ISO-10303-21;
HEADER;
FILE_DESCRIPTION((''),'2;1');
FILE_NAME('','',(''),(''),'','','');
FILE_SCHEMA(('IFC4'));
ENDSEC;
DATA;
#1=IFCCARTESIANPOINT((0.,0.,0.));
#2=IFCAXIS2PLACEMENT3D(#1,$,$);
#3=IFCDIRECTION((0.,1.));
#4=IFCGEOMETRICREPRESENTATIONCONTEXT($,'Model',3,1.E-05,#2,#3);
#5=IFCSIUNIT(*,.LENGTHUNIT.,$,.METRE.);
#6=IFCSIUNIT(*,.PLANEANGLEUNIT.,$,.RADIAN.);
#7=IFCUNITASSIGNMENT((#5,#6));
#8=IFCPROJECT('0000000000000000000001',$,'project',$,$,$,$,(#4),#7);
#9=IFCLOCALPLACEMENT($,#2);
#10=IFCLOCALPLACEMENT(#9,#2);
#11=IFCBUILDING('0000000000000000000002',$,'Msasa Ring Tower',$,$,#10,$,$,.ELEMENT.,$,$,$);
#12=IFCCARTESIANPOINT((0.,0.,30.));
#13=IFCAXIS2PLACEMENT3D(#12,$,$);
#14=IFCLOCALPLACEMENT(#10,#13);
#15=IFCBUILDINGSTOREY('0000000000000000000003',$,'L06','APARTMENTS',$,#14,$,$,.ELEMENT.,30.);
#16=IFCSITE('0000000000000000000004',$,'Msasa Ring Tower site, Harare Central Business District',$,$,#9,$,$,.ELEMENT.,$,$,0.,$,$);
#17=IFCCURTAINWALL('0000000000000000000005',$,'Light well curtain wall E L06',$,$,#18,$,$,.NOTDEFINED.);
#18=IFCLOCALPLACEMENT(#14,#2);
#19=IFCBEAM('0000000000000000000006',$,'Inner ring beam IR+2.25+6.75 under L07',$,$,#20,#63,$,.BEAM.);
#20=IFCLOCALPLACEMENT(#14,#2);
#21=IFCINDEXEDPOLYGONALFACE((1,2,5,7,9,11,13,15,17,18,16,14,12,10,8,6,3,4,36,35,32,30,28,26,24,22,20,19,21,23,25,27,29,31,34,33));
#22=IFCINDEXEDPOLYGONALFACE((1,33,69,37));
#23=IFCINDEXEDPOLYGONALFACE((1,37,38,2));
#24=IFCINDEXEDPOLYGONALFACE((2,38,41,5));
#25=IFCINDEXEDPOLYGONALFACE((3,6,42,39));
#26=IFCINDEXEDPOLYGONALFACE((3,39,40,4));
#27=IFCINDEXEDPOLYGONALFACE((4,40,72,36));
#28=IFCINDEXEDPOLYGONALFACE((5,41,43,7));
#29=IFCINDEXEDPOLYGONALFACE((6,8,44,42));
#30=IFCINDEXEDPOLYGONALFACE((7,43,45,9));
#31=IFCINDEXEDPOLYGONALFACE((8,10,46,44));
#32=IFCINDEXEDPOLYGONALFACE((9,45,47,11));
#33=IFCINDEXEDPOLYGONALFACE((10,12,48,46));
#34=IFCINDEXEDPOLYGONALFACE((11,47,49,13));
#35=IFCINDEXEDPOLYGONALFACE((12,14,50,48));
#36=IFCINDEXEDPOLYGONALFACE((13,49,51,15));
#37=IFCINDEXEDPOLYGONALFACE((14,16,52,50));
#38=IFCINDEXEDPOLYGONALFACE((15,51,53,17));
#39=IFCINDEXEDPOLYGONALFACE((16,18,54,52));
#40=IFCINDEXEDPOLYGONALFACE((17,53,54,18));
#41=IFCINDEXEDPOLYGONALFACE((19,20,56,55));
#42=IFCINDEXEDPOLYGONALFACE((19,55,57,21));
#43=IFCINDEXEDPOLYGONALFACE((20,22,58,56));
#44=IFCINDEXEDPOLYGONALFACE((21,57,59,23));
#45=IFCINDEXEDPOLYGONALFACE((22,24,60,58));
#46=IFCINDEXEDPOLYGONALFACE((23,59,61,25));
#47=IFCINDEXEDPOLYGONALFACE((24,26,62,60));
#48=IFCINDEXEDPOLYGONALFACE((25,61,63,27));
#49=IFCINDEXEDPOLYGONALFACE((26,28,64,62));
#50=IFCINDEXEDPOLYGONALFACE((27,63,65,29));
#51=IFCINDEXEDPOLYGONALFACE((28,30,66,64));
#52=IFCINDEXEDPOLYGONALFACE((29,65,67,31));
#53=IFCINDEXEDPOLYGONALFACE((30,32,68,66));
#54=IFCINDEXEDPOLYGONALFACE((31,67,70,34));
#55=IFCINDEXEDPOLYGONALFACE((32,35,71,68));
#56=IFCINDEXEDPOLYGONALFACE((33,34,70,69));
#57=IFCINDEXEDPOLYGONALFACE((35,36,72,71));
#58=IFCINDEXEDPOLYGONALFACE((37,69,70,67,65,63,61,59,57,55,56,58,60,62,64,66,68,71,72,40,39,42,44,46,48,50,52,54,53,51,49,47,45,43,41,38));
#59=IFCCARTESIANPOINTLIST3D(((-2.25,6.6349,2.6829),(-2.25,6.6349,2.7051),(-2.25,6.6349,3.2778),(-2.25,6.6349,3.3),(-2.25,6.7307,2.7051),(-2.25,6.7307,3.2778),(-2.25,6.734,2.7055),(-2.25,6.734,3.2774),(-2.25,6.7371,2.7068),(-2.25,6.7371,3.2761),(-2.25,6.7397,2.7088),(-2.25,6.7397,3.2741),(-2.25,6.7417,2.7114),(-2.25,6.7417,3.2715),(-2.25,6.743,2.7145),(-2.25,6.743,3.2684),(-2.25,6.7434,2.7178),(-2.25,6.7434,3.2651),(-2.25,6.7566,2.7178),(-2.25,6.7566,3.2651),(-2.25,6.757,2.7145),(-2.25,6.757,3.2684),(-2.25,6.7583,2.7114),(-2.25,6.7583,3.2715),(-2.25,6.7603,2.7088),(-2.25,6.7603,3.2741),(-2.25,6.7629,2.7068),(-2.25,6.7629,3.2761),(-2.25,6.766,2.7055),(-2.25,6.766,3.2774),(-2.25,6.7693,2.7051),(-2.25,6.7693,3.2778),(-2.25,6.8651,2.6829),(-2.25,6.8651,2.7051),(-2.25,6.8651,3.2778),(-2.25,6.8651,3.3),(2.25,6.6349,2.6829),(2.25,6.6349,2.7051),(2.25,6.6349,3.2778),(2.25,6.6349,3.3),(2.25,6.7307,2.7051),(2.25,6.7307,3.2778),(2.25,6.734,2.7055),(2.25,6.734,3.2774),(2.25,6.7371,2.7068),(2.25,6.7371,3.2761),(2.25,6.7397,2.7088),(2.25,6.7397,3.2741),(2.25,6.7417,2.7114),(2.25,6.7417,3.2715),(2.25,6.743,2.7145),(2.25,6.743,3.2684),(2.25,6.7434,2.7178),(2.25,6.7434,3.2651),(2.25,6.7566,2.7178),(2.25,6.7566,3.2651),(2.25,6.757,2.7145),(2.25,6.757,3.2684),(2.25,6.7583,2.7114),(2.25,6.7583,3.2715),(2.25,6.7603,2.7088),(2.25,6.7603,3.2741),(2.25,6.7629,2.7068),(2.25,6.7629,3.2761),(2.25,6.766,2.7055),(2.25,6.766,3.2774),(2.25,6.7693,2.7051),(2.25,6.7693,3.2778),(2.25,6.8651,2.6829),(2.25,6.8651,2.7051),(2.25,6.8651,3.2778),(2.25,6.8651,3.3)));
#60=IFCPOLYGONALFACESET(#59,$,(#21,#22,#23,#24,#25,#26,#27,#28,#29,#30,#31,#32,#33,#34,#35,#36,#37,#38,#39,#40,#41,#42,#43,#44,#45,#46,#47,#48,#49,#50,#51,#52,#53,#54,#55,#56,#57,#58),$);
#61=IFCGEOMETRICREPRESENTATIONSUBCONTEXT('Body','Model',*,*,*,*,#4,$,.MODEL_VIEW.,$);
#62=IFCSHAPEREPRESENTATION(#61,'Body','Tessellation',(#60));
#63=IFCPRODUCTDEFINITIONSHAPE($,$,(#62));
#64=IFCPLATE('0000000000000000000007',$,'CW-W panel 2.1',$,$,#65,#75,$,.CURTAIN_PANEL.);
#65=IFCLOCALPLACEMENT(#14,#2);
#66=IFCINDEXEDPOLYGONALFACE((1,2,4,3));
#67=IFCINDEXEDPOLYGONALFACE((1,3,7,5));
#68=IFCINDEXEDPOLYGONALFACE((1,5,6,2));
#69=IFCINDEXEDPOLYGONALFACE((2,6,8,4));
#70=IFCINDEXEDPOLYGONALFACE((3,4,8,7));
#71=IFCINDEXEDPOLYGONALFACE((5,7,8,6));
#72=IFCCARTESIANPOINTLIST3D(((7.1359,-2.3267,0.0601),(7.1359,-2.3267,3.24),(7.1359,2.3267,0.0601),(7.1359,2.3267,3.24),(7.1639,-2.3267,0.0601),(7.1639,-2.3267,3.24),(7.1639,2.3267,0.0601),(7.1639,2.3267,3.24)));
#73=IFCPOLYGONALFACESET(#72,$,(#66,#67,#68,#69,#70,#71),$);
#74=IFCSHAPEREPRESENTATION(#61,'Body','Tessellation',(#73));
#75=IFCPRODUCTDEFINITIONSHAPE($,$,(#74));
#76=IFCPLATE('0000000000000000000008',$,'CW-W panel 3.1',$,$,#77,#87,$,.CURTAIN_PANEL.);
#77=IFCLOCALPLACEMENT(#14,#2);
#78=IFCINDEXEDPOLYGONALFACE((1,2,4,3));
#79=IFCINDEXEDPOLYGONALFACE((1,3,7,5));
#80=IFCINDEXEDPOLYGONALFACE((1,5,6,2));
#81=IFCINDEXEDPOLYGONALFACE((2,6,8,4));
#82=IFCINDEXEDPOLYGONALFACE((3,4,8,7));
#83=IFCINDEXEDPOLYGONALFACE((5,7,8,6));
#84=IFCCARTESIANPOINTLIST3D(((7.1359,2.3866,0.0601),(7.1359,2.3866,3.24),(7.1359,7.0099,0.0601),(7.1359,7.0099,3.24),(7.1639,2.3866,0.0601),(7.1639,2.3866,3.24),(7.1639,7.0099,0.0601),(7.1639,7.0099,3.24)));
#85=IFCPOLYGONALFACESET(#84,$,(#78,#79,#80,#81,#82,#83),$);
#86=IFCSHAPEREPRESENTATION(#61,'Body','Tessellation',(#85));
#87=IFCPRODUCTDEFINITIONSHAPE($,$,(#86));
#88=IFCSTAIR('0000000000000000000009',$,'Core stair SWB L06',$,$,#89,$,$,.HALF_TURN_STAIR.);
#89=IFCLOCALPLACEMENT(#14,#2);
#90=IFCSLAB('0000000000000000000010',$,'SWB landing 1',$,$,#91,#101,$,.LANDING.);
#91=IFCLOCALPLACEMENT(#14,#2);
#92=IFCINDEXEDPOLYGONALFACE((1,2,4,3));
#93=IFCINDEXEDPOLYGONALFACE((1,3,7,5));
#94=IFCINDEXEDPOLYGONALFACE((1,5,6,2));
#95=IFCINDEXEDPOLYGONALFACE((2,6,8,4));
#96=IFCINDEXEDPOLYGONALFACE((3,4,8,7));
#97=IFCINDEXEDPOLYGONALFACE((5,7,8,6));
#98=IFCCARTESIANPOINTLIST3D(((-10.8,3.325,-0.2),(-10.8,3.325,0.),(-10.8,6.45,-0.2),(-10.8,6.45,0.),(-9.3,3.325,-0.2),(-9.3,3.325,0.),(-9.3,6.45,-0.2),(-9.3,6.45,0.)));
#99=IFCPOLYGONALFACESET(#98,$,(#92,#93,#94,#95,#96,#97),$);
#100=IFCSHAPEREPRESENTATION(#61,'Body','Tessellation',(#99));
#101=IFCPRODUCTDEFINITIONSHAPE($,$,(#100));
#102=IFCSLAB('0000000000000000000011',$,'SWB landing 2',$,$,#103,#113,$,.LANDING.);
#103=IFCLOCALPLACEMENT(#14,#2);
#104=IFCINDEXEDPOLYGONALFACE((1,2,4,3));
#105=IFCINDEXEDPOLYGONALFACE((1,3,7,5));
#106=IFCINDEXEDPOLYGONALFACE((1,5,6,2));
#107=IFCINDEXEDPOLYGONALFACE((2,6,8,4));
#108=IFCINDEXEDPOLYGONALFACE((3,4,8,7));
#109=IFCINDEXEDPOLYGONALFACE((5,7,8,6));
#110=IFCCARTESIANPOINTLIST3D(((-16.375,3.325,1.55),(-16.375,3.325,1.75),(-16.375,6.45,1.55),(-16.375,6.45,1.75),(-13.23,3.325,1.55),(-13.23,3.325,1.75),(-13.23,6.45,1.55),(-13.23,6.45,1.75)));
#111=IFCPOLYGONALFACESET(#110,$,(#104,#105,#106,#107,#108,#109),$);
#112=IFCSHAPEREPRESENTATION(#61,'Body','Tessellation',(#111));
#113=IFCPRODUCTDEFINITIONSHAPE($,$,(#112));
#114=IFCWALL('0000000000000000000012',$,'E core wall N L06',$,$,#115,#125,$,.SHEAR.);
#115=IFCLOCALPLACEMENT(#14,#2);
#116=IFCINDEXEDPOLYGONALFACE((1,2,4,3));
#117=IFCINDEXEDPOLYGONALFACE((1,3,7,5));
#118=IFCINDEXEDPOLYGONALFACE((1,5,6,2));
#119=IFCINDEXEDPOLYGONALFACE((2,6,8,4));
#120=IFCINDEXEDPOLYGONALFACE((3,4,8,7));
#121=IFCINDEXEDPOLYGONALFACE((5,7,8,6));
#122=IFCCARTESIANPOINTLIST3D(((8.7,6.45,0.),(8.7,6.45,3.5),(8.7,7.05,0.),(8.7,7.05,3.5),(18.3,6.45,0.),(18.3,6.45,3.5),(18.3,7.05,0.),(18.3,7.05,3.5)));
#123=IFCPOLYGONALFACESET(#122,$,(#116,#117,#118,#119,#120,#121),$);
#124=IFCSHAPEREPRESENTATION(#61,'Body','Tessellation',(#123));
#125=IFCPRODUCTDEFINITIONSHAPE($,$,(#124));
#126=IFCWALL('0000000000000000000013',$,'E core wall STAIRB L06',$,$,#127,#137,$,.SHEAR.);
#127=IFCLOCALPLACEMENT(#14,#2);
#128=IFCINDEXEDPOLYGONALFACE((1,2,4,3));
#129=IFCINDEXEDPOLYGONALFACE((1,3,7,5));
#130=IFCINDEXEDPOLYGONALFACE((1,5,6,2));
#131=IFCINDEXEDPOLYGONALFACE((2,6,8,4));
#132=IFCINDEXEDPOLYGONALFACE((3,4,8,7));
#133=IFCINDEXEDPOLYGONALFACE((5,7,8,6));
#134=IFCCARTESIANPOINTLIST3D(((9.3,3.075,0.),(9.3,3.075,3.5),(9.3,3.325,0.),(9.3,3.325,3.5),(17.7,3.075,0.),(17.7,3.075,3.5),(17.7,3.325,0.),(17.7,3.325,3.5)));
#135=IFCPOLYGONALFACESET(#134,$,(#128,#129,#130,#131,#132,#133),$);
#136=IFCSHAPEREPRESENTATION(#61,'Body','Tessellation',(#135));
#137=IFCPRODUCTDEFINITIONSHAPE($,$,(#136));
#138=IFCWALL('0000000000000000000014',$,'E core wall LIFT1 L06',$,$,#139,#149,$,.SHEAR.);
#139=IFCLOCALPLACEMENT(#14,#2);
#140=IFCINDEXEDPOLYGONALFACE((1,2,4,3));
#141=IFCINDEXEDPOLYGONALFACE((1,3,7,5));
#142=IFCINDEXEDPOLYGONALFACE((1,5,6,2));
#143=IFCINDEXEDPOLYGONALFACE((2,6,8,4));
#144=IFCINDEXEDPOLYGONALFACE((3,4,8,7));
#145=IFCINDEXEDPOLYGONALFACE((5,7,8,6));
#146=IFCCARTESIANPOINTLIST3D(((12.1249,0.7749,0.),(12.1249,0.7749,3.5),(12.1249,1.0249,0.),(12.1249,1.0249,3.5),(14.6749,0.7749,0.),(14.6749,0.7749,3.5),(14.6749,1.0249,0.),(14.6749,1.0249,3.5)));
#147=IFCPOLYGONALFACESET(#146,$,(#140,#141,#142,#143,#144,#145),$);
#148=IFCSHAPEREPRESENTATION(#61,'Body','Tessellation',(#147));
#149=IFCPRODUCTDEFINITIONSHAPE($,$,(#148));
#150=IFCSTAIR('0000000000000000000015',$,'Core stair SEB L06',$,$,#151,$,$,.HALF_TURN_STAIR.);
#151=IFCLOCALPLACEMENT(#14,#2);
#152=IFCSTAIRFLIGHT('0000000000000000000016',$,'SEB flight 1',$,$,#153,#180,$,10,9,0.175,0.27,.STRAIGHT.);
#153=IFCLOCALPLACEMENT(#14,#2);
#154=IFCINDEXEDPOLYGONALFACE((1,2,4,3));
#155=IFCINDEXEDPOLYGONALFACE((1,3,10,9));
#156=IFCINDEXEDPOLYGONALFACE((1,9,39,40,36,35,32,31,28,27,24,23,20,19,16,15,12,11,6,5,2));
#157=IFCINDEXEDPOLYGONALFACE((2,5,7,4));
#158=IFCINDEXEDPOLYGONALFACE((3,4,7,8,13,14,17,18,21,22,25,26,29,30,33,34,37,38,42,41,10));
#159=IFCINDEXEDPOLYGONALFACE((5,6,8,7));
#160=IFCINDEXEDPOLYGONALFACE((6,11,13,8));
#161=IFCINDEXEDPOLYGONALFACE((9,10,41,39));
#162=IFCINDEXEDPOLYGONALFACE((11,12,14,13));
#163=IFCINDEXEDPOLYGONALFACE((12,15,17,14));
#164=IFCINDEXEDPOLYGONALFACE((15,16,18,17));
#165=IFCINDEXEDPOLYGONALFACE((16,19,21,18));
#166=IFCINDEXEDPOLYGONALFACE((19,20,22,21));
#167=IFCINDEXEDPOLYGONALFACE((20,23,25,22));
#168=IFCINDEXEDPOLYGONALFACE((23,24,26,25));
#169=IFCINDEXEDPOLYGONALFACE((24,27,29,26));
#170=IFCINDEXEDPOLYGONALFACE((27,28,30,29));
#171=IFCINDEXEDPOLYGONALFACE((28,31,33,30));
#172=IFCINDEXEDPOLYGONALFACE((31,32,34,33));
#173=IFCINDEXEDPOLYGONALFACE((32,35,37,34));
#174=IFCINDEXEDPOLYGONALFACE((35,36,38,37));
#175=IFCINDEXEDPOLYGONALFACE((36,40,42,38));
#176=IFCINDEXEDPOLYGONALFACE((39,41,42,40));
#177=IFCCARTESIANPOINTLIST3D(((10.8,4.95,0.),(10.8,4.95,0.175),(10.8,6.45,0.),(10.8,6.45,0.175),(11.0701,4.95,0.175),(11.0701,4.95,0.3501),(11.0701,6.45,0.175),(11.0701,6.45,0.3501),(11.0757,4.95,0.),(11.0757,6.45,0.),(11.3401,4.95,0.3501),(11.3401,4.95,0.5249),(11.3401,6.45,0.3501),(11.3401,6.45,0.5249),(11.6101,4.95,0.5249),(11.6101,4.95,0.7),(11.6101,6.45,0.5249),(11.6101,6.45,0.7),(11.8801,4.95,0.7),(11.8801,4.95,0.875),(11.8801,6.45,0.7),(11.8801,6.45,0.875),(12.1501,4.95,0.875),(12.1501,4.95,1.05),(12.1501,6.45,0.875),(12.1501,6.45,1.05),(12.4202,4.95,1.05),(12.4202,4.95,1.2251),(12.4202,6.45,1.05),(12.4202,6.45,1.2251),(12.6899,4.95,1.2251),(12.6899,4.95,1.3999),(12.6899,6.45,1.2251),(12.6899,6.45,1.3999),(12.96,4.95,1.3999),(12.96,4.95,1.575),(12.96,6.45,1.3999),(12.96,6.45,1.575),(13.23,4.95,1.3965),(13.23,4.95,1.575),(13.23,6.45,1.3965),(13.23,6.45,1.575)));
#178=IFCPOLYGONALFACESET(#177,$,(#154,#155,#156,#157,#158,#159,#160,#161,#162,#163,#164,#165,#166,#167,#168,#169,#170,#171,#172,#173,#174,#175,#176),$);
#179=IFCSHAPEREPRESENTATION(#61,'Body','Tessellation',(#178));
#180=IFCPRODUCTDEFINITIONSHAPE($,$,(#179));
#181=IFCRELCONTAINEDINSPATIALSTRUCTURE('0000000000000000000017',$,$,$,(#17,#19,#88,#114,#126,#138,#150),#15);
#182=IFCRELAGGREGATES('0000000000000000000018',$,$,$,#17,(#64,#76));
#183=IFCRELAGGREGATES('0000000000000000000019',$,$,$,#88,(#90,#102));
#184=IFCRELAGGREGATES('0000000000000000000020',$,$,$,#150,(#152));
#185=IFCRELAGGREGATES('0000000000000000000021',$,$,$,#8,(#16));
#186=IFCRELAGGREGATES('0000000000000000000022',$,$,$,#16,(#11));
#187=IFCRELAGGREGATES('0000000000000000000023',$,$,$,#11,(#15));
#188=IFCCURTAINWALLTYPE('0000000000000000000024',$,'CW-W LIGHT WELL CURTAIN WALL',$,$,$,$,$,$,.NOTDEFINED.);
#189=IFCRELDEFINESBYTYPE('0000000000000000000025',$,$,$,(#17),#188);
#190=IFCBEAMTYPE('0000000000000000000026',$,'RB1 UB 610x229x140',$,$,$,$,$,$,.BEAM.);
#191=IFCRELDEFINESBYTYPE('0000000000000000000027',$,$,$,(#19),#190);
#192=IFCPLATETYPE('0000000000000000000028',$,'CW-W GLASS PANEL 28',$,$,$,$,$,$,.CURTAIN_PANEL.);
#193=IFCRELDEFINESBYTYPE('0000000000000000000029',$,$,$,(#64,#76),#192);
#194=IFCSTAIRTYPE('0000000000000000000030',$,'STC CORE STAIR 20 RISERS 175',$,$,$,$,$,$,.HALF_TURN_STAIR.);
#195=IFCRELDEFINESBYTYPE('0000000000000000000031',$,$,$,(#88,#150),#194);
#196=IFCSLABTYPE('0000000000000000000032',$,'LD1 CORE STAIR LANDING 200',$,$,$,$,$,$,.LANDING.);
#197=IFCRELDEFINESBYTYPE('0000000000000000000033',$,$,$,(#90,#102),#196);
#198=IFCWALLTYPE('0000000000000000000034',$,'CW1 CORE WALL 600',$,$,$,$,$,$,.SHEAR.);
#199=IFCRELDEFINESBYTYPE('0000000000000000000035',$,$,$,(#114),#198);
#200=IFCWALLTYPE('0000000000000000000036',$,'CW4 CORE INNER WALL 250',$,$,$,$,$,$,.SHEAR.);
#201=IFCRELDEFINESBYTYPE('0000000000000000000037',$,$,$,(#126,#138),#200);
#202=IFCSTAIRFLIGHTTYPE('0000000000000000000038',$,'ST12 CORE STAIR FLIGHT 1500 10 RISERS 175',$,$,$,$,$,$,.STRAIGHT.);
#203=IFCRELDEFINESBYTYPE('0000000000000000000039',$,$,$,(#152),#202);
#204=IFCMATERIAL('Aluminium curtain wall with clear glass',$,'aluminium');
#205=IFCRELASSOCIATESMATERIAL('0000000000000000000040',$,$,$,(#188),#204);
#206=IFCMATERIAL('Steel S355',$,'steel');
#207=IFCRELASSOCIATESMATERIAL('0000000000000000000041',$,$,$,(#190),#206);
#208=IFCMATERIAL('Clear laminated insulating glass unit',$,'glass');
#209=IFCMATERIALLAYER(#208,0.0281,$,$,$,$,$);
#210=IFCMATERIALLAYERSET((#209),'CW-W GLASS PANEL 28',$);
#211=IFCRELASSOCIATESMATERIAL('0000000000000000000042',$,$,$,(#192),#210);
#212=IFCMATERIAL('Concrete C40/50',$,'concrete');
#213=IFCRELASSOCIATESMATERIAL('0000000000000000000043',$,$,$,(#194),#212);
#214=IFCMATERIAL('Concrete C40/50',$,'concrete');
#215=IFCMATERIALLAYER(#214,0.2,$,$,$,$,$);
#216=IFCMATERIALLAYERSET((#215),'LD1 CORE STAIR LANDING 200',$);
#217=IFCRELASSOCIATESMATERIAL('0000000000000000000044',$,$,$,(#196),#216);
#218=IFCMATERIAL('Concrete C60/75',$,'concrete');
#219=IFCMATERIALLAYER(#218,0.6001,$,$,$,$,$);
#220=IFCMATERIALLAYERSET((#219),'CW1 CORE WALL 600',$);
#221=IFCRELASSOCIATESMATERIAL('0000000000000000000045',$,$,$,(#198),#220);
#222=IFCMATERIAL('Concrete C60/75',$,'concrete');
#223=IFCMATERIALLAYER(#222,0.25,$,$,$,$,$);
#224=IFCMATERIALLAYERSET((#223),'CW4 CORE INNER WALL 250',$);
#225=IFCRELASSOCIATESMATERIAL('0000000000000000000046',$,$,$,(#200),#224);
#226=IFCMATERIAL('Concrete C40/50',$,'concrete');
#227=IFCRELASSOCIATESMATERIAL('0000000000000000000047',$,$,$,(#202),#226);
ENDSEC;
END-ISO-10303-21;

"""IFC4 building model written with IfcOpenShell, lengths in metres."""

from ifc_helpers import new_model, si_unit, direction, frame, frame_2d, origin, origin_2d, place, context, subcontext, project, spatial, polyline, rectangle, i_section, outline, extrude, material, layer, layer_set, material_profile, profile_set, type_object, element, aggregate, save


model = new_model("IFC4")

# Units and contexts
model_context = context("Model", 3, precision=1e-05, world=origin(), true_north=direction((0.0, 1.0)))
body_context = subcontext(model_context, "Body", "Model", "MODEL_VIEW")
ifc_project = project(units=[si_unit("LENGTHUNIT", "METRE"), si_unit("PLANEANGLEUNIT", "RADIAN")], contexts=[model_context])

# Site, building, storey
site_placement = place(None, origin())
site = spatial("IfcSite", under=ifc_project, at=site_placement, Name="Msasa Ring Tower site, Harare Central Business District", CompositionType="ELEMENT", RefElevation=0.0)
building_placement = place(site_placement, origin())
building = spatial("IfcBuilding", under=site, at=building_placement, Name="Msasa Ring Tower", CompositionType="ELEMENT")
storey_placement = place(building_placement, frame((0.0, 0.0, 30.0)))
storey = spatial("IfcBuildingStorey", under=building, at=storey_placement, Name="L06", Description="APARTMENTS", CompositionType="ELEMENT", Elevation=30.0)

# Curtain wall
ifc_material_1 = material(Name="Aluminium curtain wall with clear glass", Category="aluminium")
curtain_wall_type = type_object("IfcCurtainWallType", Name="CW-W LIGHT WELL CURTAIN WALL", PredefinedType="NOTDEFINED", material=ifc_material_1)
curtain_wall_placement = place(storey_placement, origin())
curtain_wall = element("IfcCurtainWall", 1, at=curtain_wall_placement, inside=storey, type_object=curtain_wall_type, Name="Light well curtain wall E L06", PredefinedType="NOTDEFINED")

# Beam
ifc_material_2 = material(Name="Steel S355", Category="steel")
ifc_material_profile_1 = material_profile(ifc_material_2, i_section(OverallWidth=0.2302, OverallDepth=0.6172, WebThickness=0.0132, FlangeThickness=0.0222, FilletRadius=0.0127, at=origin_2d()), Name="UB 610x229x140")
ifc_profile_set_1 = profile_set([ifc_material_profile_1], Name="Steel S355")
beam_type = type_object("IfcBeamType", Name="RB1 UB 610x229x140", PredefinedType="BEAM", material=ifc_profile_set_1)
for number, where, z_axis, x_axis, name in (
    (2, (2.25, 6.75, 2.9915), (-1.0, 0.0, 0.0), (0.0, -1.0, 0.0), "Inner ring beam IR+2.25+6.75 under L07"),
):
    element("IfcBeam", number, at=place(storey_placement, frame(where, z_axis=z_axis, x_axis=x_axis)), inside=storey, type_object=beam_type, Name=name, PredefinedType="BEAM", context=body_context, shape_type="SweptSolid", body=[
        extrude(i_section(OverallWidth=0.2302, OverallDepth=0.6172, WebThickness=0.0132, FlangeThickness=0.0222, FilletRadius=0.0127, at=origin_2d()), origin(), (0.0, 0.0, 1.0), 4.5),
    ])

# Plates
ifc_material_3 = material(Name="Clear laminated insulating glass unit", Category="glass")
ifc_layer_1 = layer(ifc_material_3, 0.0281)
ifc_layer_set_1 = layer_set([ifc_layer_1], Name="CW-W GLASS PANEL 28")
plate_type = type_object("IfcPlateType", Name="CW-W GLASS PANEL 28", PredefinedType="CURTAIN_PANEL", material=ifc_layer_set_1)
plate_1_placement = place(storey_placement, frame((7.1499, 0.0, 0.0601), z_axis=(0.0, 0.0, 1.0), x_axis=(0.0, 1.0, 0.0)))
plate_1 = element("IfcPlate", 3, at=plate_1_placement, type_object=plate_type, Name="CW-W panel 2.1", PredefinedType="CURTAIN_PANEL", context=body_context, shape_type="SweptSolid", body=[
    extrude(rectangle(XDim=4.6533, YDim=0.0281, at=origin_2d()), origin(), (0.0, 0.0, 1.0), 3.1799),
])
plate_2_placement = place(storey_placement, frame((7.1499, 4.6982, 0.0601), z_axis=(0.0, 0.0, 1.0), x_axis=(0.0, 1.0, 0.0)))
plate_2 = element("IfcPlate", 4, at=plate_2_placement, type_object=plate_type, Name="CW-W panel 3.1", PredefinedType="CURTAIN_PANEL", context=body_context, shape_type="SweptSolid", body=[
    extrude(rectangle(XDim=4.6233, YDim=0.0281, at=origin_2d()), origin(), (0.0, 0.0, 1.0), 3.1799),
])
aggregate(curtain_wall, [plate_1, plate_2])

# Stair, slabs
ifc_material_4 = material(Name="Concrete C40/50", Category="concrete")
stair_type = type_object("IfcStairType", Name="STC CORE STAIR 20 RISERS 175", PredefinedType="HALF_TURN_STAIR", material=ifc_material_4)
stair_1_placement = place(storey_placement, origin())
stair_1 = element("IfcStair", 5, at=stair_1_placement, inside=storey, type_object=stair_type, Name="Core stair SWB L06", PredefinedType="HALF_TURN_STAIR")
ifc_material_5 = material(Name="Concrete C40/50", Category="concrete")
ifc_layer_2 = layer(ifc_material_5, 0.2)
ifc_layer_set_2 = layer_set([ifc_layer_2], Name="LD1 CORE STAIR LANDING 200")
slab_type = type_object("IfcSlabType", Name="LD1 CORE STAIR LANDING 200", PredefinedType="LANDING", material=ifc_layer_set_2)
slab_1_placement = place(storey_placement, frame((0.0, 0.0, -0.2)))
slab_1 = element("IfcSlab", 6, at=slab_1_placement, type_object=slab_type, Name="SWB landing 1", PredefinedType="LANDING", context=body_context, shape_type="SweptSolid", body=[
    extrude(outline(polyline([(-10.8, 3.325), (-9.3, 3.325), (-9.3, 6.45), (-10.8, 6.45), (-10.8, 3.325)])), origin(), (0.0, 0.0, 1.0), 0.2),
])
slab_2_placement = place(storey_placement, frame((0.0, 0.0, 1.55)))
slab_2 = element("IfcSlab", 7, at=slab_2_placement, type_object=slab_type, Name="SWB landing 2", PredefinedType="LANDING", context=body_context, shape_type="SweptSolid", body=[
    extrude(outline(polyline([(-16.375, 3.325), (-13.23, 3.325), (-13.23, 6.45), (-16.375, 6.45), (-16.375, 3.325)])), origin(), (0.0, 0.0, 1.0), 0.2),
])
aggregate(stair_1, [slab_1, slab_2])

# Walls
ifc_material_6 = material(Name="Concrete C60/75", Category="concrete")
ifc_layer_3 = layer(ifc_material_6, 0.6001)
ifc_layer_set_3 = layer_set([ifc_layer_3], Name="CW1 CORE WALL 600")
wall_type_1 = type_object("IfcWallType", Name="CW1 CORE WALL 600", PredefinedType="SHEAR", material=ifc_layer_set_3)
wall_1_placement = place(storey_placement, frame((8.7, 6.75, 0.0), z_axis=(0.0, 0.0, 1.0), x_axis=(1.0, 0.0, 0.0)))
element("IfcWall", 8, at=wall_1_placement, inside=storey, type_object=wall_type_1, Name="E core wall N L06", PredefinedType="SHEAR", context=body_context, shape_type="SweptSolid", body=[
    extrude(rectangle(XDim=9.6001, YDim=0.6001, at=frame_2d((4.8, 0.0))), origin(), (0.0, 0.0, 1.0), 3.5),
])
ifc_material_7 = material(Name="Concrete C60/75", Category="concrete")
ifc_layer_4 = layer(ifc_material_7, 0.25)
ifc_layer_set_4 = layer_set([ifc_layer_4], Name="CW4 CORE INNER WALL 250")
wall_type_2 = type_object("IfcWallType", Name="CW4 CORE INNER WALL 250", PredefinedType="SHEAR", material=ifc_layer_set_4)
wall_2_placement = place(storey_placement, frame((9.3, 3.2, 0.0), z_axis=(0.0, 0.0, 1.0), x_axis=(1.0, 0.0, 0.0)))
element("IfcWall", 9, at=wall_2_placement, inside=storey, type_object=wall_type_2, Name="E core wall STAIRB L06", PredefinedType="SHEAR", context=body_context, shape_type="SweptSolid", body=[
    extrude(rectangle(XDim=8.3999, YDim=0.25, at=frame_2d((4.2, 0.0))), origin(), (0.0, 0.0, 1.0), 3.5),
])
wall_3_placement = place(storey_placement, frame((12.125, 0.8999, 0.0), z_axis=(0.0, 0.0, 1.0), x_axis=(1.0, 0.0, 0.0)))
element("IfcWall", 10, at=wall_3_placement, inside=storey, type_object=wall_type_2, Name="E core wall LIFT1 L06", PredefinedType="SHEAR", context=body_context, shape_type="SweptSolid", body=[
    extrude(rectangle(XDim=2.55, YDim=0.25, at=frame_2d((1.2749, 0.0))), origin(), (0.0, 0.0, 1.0), 3.5),
])

# Stair, stair flight
stair_2_placement = place(storey_placement, origin())
stair_2 = element("IfcStair", 11, at=stair_2_placement, inside=storey, type_object=stair_type, Name="Core stair SEB L06", PredefinedType="HALF_TURN_STAIR")
ifc_material_8 = material(Name="Concrete C40/50", Category="concrete")
stair_flight_type = type_object("IfcStairFlightType", Name="ST12 CORE STAIR FLIGHT 1500 10 RISERS 175", PredefinedType="STRAIGHT", material=ifc_material_8)
stair_flight_placement = place(storey_placement, frame((10.8, 5.7, 0.0), z_axis=(0.0, 0.0, 1.0), x_axis=(1.0, 0.0, 0.0)))
stair_flight = element("IfcStairFlight", 12, at=stair_flight_placement, type_object=stair_flight_type, Name="SEB flight 1", NumberOfRisers=10, NumberOfTreads=9, PredefinedType="STRAIGHT", RiserHeight=0.175, TreadLength=0.27, context=body_context, shape_type="SweptSolid", body=[
    extrude(outline(polyline([(0.0, 0.0), (0.0, 0.175), (0.27, 0.175), (0.27, 0.3501), (0.54, 0.3501), (0.54, 0.5249), (0.8101, 0.5249), (0.8101, 0.7), (1.0801, 0.7), (1.0801, 0.875), (1.3501, 0.875), (1.3501, 1.05), (1.6201, 1.05), (1.6201, 1.2251), (1.8899, 1.2251), (1.8899, 1.3999), (2.1599, 1.3999), (2.1599, 1.575), (2.4299, 1.575), (2.4299, 1.75), (2.4299, 1.3965), (0.2756, 0.0), (0.0, 0.0)])), frame((0.0, 0.75, 0.0), z_axis=(0.0, -1.0, 0.0), x_axis=(1.0, 0.0, 0.0)), (0.0, 0.0, 1.0), 1.5),
])
aggregate(stair_2, [stair_flight])

save(model, "model.ifc")
